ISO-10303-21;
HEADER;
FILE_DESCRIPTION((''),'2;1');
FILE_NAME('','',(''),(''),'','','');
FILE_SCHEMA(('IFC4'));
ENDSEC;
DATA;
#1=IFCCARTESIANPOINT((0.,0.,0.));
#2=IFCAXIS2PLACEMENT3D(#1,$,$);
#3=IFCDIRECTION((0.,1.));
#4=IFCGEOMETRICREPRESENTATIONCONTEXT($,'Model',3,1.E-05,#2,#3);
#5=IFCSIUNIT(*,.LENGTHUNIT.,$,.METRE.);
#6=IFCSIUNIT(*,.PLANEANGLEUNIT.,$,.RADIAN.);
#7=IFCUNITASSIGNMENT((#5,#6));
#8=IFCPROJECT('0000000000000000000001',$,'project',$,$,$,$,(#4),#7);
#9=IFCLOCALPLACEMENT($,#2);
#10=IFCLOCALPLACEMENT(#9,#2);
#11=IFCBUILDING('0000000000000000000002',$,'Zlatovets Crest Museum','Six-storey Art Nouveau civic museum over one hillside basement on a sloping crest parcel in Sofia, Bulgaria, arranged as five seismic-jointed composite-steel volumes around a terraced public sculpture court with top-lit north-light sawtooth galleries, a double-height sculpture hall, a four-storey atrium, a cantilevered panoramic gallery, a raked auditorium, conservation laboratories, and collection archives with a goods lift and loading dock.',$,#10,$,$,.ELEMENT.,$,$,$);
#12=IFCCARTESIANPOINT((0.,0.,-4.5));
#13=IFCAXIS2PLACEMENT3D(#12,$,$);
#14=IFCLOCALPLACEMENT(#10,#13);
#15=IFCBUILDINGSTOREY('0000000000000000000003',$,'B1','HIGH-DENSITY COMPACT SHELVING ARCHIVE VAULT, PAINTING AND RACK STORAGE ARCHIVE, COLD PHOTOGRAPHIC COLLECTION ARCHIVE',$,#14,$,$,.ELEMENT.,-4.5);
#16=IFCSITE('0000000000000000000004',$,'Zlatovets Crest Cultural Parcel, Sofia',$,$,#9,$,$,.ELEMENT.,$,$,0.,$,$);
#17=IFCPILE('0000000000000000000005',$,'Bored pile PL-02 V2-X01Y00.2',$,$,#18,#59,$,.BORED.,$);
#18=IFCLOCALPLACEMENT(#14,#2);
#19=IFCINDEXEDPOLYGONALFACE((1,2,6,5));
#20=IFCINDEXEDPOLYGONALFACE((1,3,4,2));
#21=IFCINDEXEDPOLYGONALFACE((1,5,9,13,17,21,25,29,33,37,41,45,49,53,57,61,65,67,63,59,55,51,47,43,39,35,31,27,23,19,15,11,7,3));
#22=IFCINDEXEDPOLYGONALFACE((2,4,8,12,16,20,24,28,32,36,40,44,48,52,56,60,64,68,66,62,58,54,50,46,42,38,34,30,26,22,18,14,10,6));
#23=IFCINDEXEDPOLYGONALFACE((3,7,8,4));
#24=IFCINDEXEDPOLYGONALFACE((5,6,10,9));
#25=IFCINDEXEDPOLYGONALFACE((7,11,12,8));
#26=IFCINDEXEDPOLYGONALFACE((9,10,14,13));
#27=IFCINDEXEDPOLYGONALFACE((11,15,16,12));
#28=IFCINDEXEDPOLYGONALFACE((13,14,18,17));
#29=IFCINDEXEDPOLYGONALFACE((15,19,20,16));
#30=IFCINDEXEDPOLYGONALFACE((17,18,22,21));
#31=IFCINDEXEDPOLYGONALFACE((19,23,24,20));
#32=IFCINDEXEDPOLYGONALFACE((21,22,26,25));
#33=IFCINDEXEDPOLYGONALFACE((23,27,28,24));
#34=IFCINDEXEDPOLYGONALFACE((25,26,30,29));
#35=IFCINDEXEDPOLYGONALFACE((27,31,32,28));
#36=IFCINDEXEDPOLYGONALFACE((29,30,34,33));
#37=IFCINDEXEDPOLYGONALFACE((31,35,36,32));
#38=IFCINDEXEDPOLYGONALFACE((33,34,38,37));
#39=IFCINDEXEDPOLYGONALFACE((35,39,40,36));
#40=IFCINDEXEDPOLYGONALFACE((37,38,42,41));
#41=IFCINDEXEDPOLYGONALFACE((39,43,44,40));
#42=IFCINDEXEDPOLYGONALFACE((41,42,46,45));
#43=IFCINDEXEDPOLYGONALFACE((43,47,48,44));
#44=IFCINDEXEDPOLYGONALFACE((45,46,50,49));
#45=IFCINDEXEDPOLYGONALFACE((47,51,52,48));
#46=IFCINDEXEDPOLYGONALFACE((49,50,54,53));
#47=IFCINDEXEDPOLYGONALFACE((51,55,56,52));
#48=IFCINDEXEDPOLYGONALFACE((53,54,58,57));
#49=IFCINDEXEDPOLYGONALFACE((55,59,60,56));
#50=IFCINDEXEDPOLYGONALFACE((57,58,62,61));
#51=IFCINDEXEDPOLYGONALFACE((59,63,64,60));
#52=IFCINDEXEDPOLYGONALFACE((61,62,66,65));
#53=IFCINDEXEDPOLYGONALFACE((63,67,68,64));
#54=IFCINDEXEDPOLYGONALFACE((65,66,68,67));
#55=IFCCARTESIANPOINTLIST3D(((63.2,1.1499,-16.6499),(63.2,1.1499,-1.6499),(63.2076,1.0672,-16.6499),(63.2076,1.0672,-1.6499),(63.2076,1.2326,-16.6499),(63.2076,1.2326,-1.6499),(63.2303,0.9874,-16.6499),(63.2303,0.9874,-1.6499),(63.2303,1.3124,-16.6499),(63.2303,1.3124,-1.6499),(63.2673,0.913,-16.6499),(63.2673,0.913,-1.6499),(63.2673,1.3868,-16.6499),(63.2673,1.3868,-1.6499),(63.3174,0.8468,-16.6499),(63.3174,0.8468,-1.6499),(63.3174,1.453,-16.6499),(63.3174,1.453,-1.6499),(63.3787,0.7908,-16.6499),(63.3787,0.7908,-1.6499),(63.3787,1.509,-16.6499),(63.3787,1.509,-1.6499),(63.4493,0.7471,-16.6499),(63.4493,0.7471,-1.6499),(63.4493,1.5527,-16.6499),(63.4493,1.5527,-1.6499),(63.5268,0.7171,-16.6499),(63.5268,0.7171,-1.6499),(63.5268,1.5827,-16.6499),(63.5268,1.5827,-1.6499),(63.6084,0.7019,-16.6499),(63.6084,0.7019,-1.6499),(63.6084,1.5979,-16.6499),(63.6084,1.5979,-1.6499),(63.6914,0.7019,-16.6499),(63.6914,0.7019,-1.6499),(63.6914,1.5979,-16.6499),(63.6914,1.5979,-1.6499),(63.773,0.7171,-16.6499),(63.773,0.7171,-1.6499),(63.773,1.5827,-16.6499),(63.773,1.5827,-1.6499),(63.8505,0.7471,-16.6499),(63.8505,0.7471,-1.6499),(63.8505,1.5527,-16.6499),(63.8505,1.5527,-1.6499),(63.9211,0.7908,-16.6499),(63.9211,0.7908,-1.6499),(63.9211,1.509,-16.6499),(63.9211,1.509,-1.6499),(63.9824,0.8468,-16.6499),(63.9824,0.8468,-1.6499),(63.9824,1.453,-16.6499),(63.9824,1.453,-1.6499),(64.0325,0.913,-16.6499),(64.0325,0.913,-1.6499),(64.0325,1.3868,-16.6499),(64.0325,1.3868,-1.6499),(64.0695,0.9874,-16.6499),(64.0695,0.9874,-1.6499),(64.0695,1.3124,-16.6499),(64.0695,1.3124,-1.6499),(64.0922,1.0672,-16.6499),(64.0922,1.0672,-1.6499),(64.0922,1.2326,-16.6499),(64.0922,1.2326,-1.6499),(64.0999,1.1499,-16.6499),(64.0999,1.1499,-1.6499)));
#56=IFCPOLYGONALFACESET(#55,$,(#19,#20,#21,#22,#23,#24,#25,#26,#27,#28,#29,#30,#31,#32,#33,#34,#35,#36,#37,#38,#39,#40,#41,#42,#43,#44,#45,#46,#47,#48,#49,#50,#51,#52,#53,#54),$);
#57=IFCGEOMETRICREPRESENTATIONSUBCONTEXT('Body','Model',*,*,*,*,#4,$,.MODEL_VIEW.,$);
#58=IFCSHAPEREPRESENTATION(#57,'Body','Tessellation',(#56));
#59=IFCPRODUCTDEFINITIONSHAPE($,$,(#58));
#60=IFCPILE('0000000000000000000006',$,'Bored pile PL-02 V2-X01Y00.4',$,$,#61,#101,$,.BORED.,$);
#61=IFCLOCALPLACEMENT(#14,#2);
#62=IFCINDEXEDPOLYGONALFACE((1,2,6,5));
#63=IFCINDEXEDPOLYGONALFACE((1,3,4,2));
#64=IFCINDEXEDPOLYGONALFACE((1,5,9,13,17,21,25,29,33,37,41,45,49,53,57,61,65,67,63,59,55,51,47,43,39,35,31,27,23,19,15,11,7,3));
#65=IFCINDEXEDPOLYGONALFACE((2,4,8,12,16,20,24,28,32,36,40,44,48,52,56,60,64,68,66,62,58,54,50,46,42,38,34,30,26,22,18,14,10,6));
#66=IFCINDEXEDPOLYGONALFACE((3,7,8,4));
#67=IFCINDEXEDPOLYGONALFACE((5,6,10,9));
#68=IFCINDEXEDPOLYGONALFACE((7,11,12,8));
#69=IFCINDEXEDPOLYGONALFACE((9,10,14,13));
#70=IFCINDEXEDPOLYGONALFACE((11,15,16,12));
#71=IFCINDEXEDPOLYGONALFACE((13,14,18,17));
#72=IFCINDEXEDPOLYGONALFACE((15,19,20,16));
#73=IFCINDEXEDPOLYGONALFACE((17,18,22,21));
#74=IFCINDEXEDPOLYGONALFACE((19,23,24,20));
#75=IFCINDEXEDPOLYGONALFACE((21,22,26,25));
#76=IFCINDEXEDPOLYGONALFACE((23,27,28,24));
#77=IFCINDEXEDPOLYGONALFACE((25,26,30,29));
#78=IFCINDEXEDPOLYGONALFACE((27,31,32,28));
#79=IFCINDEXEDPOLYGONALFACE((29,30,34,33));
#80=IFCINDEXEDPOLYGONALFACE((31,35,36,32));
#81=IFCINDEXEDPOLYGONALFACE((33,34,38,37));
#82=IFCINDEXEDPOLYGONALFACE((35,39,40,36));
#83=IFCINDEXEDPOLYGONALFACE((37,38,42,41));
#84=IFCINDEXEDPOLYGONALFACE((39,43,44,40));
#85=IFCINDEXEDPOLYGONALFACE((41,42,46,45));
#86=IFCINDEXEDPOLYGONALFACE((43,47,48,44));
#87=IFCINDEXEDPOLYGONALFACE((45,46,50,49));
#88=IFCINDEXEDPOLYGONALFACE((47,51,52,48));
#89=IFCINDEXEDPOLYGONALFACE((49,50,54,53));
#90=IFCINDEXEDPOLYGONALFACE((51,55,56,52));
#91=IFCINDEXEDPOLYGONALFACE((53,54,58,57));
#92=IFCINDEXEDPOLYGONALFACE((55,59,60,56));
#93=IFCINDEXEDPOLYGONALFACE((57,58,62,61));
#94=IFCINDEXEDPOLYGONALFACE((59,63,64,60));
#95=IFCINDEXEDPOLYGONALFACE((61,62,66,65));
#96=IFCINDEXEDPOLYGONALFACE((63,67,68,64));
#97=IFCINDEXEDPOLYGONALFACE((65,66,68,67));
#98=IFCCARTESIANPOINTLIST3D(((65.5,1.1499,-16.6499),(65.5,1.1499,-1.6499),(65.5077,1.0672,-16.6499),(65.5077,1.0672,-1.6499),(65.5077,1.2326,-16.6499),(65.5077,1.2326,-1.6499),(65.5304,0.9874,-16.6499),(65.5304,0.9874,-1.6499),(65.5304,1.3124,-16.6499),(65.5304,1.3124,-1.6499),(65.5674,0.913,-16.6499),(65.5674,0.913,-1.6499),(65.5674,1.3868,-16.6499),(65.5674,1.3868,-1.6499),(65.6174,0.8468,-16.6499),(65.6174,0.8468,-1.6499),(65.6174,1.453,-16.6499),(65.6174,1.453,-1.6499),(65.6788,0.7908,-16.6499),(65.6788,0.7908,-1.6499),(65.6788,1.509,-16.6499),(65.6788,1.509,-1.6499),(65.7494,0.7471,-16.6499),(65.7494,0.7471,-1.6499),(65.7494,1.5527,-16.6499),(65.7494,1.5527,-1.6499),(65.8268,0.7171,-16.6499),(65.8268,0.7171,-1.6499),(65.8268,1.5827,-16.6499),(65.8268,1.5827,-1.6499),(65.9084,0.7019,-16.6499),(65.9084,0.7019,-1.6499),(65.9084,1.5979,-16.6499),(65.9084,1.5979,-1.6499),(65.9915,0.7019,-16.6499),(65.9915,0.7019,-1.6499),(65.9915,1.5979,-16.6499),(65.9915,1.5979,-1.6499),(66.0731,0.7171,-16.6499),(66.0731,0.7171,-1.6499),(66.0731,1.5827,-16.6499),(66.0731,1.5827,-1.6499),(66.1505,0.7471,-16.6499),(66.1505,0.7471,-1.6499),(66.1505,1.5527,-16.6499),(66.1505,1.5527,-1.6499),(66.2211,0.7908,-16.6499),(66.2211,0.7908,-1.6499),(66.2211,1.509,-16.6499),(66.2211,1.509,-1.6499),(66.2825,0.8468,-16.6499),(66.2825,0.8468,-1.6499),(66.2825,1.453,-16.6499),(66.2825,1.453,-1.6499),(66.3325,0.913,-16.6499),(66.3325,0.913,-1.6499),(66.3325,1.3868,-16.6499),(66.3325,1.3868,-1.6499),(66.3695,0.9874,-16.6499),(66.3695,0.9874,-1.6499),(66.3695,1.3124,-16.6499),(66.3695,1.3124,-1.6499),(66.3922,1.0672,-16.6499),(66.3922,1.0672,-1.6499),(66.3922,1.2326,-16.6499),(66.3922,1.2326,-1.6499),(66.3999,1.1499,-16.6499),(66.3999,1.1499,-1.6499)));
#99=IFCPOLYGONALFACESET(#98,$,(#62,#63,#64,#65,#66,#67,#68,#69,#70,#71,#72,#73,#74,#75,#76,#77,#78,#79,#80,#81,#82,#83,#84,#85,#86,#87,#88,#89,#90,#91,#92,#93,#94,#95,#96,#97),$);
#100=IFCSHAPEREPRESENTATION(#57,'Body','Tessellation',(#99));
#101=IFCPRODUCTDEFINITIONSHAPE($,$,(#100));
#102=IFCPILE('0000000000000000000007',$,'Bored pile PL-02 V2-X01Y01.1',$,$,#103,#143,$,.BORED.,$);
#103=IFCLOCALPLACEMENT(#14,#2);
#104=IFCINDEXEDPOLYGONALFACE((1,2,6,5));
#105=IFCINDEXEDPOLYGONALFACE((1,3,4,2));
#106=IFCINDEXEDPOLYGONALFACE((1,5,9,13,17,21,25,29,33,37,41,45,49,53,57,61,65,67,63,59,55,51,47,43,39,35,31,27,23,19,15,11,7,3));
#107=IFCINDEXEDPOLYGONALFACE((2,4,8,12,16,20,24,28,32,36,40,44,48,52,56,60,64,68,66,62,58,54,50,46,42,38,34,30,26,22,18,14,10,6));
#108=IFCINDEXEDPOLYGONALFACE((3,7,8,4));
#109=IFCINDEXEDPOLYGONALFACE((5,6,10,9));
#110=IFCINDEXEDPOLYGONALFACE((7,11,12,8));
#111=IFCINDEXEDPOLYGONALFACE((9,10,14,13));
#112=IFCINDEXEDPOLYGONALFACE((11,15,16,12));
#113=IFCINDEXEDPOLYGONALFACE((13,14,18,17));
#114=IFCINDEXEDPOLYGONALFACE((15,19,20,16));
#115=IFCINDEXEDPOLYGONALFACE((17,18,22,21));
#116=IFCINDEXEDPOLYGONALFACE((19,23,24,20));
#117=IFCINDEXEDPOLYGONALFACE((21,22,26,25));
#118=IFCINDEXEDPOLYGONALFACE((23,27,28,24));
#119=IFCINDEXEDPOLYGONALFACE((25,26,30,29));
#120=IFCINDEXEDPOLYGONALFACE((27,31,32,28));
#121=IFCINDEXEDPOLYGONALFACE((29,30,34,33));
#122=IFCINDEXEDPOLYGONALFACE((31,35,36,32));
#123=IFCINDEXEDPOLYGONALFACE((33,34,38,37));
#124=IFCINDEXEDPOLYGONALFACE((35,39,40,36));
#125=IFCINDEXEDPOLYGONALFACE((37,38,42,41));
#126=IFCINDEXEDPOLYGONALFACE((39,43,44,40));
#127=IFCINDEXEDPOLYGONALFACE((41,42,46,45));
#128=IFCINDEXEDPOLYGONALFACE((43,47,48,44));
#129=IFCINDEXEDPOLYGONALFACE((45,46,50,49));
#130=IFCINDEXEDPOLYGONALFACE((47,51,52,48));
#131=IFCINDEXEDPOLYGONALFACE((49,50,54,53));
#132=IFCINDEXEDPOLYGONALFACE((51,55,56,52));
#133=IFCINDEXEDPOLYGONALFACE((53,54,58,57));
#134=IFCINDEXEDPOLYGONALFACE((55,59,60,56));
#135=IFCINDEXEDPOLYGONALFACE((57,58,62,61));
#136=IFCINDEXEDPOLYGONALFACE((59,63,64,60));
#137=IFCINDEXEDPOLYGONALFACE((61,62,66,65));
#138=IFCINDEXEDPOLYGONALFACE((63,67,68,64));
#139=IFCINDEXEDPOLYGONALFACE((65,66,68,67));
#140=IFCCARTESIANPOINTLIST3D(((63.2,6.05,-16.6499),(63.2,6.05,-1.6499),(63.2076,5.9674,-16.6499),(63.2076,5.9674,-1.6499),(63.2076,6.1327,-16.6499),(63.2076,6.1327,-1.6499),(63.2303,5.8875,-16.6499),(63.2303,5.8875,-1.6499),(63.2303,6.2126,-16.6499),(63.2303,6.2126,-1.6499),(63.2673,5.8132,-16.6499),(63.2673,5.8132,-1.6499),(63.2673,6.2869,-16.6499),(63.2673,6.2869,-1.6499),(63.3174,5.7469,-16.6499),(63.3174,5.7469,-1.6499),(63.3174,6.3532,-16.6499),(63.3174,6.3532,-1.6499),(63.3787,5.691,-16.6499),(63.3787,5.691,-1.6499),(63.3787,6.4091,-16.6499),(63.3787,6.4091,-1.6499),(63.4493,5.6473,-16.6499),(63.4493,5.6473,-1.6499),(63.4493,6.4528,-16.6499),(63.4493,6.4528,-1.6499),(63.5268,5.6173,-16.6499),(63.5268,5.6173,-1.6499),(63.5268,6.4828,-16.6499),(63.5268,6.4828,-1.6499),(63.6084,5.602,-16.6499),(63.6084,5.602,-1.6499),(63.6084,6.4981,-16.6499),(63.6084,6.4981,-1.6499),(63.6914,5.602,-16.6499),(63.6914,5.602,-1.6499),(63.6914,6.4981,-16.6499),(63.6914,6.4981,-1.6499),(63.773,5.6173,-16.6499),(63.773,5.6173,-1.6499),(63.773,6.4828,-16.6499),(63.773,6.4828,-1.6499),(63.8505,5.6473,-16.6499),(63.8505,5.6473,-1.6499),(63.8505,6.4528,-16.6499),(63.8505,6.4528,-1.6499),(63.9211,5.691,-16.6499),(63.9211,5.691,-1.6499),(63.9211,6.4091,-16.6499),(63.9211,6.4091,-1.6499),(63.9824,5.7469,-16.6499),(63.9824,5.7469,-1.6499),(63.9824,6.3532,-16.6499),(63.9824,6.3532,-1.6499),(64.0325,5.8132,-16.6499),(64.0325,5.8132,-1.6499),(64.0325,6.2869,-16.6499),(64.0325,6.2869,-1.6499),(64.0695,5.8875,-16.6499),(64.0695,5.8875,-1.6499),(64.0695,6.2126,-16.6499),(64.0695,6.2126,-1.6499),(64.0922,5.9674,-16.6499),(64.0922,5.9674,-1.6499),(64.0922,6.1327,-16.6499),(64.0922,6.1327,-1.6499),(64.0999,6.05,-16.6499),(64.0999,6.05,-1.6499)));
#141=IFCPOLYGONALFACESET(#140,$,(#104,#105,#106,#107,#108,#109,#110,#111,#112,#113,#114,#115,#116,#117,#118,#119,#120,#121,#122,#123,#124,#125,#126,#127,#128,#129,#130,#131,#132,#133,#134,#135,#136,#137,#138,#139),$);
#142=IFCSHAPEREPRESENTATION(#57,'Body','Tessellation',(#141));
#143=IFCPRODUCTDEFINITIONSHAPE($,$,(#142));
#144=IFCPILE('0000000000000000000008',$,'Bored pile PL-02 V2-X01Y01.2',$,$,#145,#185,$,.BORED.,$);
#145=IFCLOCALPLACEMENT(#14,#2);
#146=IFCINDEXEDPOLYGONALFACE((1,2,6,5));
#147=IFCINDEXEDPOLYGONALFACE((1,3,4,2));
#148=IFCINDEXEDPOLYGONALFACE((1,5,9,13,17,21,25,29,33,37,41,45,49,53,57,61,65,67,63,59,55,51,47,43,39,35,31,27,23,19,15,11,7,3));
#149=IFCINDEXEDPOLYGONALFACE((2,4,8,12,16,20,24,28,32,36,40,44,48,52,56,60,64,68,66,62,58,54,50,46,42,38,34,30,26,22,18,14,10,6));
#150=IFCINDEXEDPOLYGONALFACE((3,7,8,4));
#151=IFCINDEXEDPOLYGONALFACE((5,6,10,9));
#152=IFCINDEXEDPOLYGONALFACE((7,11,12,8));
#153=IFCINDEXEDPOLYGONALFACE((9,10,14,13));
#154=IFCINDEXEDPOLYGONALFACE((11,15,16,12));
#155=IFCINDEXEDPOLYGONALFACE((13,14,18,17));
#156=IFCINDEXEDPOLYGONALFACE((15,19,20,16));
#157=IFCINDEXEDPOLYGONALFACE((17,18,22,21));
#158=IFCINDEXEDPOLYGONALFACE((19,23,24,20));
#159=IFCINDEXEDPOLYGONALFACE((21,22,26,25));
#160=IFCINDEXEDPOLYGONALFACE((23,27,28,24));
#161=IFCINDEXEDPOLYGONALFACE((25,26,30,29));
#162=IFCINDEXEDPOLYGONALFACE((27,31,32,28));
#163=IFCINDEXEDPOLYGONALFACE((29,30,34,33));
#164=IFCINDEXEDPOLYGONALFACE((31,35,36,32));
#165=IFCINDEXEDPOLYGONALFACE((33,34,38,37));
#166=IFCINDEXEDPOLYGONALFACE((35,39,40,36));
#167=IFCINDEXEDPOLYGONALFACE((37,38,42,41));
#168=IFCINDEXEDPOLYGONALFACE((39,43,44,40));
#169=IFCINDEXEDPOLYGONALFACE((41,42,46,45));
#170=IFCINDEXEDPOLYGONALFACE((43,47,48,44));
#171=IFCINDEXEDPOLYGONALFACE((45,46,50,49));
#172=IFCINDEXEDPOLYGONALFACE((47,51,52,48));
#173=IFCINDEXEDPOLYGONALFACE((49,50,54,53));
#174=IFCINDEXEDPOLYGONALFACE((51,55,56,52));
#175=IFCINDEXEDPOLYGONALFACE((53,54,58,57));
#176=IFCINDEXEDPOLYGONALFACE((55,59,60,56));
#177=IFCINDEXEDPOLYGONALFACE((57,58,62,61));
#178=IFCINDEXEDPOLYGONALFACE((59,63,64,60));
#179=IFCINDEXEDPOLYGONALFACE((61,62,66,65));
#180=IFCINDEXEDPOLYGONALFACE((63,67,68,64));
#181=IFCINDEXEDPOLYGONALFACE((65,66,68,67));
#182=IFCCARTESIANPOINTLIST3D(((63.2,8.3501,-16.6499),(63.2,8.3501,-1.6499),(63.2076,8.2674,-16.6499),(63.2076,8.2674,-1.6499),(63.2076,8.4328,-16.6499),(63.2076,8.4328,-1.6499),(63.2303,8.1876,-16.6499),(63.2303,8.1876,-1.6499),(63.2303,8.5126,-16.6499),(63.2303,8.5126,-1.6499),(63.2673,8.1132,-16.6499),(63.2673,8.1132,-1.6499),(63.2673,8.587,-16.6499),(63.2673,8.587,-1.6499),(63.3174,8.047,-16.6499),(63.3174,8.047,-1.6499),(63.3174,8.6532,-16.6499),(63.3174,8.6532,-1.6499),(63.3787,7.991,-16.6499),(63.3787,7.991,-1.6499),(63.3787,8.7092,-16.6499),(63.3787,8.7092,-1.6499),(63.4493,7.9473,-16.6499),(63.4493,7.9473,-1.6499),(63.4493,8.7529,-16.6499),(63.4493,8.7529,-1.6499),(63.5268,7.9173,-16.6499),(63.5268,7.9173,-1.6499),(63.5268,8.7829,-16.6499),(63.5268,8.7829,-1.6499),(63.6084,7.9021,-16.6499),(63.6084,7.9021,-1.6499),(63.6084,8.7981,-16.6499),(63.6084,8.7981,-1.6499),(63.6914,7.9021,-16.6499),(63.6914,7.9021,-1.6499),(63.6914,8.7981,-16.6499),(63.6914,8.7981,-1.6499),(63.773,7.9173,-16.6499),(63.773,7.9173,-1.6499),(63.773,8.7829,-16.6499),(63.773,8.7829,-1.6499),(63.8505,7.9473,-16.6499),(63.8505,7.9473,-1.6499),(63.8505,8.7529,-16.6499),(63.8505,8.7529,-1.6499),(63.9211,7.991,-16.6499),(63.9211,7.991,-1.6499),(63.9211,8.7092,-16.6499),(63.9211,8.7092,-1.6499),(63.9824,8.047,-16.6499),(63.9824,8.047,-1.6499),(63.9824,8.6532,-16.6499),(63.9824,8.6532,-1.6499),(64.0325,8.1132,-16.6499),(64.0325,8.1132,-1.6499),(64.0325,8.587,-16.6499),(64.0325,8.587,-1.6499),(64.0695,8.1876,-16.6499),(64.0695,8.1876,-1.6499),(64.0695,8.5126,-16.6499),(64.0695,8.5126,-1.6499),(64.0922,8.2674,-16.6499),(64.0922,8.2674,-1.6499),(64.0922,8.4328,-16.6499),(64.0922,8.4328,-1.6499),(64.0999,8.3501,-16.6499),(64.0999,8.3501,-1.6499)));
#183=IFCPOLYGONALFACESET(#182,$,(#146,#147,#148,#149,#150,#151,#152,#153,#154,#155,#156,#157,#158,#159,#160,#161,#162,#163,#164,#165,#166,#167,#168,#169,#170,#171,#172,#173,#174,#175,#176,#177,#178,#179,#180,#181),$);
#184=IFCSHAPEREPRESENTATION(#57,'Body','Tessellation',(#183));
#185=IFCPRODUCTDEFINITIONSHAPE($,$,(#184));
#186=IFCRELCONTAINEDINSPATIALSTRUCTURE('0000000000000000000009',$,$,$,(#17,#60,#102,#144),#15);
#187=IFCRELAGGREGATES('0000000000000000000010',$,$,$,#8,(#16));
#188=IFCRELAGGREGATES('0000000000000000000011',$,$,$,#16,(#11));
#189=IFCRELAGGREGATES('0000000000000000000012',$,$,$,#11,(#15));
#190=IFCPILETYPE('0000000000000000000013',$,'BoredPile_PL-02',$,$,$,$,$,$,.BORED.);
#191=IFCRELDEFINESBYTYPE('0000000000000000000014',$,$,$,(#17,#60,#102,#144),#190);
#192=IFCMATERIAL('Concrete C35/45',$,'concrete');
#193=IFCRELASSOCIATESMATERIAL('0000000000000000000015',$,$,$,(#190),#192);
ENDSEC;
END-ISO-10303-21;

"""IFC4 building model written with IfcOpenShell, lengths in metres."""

from ifc_helpers import new_model, si_unit, direction, frame, origin, origin_2d, place, context, subcontext, project, spatial, circle, extrude, material, material_profile, profile_set, type_object, element, save


model = new_model("IFC4")

# Units and contexts
model_context = context("Model", 3, precision=1e-05, world=origin(), true_north=direction((0.0, 1.0)))
body_context = subcontext(model_context, "Body", "Model", "MODEL_VIEW")
ifc_project = project(units=[si_unit("LENGTHUNIT", "METRE"), si_unit("PLANEANGLEUNIT", "RADIAN")], contexts=[model_context])

# Site, building, storey
site_placement = place(None, origin())
site = spatial("IfcSite", under=ifc_project, at=site_placement, Name="Zlatovets Crest Cultural Parcel, Sofia", CompositionType="ELEMENT", RefElevation=0.0)
building_placement = place(site_placement, origin())
building = spatial("IfcBuilding", under=site, at=building_placement, Name="Zlatovets Crest Museum", Description="Six-storey Art Nouveau civic museum over one hillside basement on a sloping crest parcel in Sofia, Bulgaria, arranged as five seismic-jointed composite-steel volumes around a terraced public sculpture court with top-lit north-light sawtooth galleries, a double-height sculpture hall, a four-storey atrium, a cantilevered panoramic gallery, a raked auditorium, conservation laboratories, and collection archives with a goods lift and loading dock.", CompositionType="ELEMENT")
storey_placement = place(building_placement, frame((0.0, 0.0, -4.5)))
storey = spatial("IfcBuildingStorey", under=building, at=storey_placement, Name="B1", Description="HIGH-DENSITY COMPACT SHELVING ARCHIVE VAULT, PAINTING AND RACK STORAGE ARCHIVE, COLD PHOTOGRAPHIC COLLECTION ARCHIVE", CompositionType="ELEMENT", Elevation=-4.5)

# Piles
ifc_material_1 = material(Name="Concrete C35/45", Category="concrete")
ifc_material_profile_1 = material_profile(ifc_material_1, circle(Radius=0.45, at=origin_2d()), Name="PILE D900")
ifc_profile_set_1 = profile_set([ifc_material_profile_1], Name="Concrete C35/45")
pile_type = type_object("IfcPileType", Name="BoredPile_PL-02", PredefinedType="BORED", material=ifc_profile_set_1)
for number, where, z_axis, x_axis, name in (
    (1, (63.6499, 1.1499, -1.6499), (0.0, 0.0, -1.0), (1.0, 0.0, 0.0), "Bored pile PL-02 V2-X01Y00.2"),
    (2, (65.95, 1.1499, -1.6499), (0.0, 0.0, -1.0), (1.0, 0.0, 0.0), "Bored pile PL-02 V2-X01Y00.4"),
    (3, (63.6499, 6.05, -1.6499), (0.0, 0.0, -1.0), (1.0, 0.0, 0.0), "Bored pile PL-02 V2-X01Y01.1"),
    (4, (63.6499, 8.3501, -1.6499), (0.0, 0.0, -1.0), (1.0, 0.0, 0.0), "Bored pile PL-02 V2-X01Y01.2"),
):
    element("IfcPile", number, at=place(storey_placement, frame(where, z_axis=z_axis, x_axis=x_axis)), inside=storey, type_object=pile_type, Name=name, PredefinedType="BORED", context=body_context, shape_type="SweptSolid", body=[
        extrude(circle(Radius=0.45, at=origin_2d()), origin(), (0.0, 0.0, 1.0), 15.0),
    ])

save(model, "model.ifc")
